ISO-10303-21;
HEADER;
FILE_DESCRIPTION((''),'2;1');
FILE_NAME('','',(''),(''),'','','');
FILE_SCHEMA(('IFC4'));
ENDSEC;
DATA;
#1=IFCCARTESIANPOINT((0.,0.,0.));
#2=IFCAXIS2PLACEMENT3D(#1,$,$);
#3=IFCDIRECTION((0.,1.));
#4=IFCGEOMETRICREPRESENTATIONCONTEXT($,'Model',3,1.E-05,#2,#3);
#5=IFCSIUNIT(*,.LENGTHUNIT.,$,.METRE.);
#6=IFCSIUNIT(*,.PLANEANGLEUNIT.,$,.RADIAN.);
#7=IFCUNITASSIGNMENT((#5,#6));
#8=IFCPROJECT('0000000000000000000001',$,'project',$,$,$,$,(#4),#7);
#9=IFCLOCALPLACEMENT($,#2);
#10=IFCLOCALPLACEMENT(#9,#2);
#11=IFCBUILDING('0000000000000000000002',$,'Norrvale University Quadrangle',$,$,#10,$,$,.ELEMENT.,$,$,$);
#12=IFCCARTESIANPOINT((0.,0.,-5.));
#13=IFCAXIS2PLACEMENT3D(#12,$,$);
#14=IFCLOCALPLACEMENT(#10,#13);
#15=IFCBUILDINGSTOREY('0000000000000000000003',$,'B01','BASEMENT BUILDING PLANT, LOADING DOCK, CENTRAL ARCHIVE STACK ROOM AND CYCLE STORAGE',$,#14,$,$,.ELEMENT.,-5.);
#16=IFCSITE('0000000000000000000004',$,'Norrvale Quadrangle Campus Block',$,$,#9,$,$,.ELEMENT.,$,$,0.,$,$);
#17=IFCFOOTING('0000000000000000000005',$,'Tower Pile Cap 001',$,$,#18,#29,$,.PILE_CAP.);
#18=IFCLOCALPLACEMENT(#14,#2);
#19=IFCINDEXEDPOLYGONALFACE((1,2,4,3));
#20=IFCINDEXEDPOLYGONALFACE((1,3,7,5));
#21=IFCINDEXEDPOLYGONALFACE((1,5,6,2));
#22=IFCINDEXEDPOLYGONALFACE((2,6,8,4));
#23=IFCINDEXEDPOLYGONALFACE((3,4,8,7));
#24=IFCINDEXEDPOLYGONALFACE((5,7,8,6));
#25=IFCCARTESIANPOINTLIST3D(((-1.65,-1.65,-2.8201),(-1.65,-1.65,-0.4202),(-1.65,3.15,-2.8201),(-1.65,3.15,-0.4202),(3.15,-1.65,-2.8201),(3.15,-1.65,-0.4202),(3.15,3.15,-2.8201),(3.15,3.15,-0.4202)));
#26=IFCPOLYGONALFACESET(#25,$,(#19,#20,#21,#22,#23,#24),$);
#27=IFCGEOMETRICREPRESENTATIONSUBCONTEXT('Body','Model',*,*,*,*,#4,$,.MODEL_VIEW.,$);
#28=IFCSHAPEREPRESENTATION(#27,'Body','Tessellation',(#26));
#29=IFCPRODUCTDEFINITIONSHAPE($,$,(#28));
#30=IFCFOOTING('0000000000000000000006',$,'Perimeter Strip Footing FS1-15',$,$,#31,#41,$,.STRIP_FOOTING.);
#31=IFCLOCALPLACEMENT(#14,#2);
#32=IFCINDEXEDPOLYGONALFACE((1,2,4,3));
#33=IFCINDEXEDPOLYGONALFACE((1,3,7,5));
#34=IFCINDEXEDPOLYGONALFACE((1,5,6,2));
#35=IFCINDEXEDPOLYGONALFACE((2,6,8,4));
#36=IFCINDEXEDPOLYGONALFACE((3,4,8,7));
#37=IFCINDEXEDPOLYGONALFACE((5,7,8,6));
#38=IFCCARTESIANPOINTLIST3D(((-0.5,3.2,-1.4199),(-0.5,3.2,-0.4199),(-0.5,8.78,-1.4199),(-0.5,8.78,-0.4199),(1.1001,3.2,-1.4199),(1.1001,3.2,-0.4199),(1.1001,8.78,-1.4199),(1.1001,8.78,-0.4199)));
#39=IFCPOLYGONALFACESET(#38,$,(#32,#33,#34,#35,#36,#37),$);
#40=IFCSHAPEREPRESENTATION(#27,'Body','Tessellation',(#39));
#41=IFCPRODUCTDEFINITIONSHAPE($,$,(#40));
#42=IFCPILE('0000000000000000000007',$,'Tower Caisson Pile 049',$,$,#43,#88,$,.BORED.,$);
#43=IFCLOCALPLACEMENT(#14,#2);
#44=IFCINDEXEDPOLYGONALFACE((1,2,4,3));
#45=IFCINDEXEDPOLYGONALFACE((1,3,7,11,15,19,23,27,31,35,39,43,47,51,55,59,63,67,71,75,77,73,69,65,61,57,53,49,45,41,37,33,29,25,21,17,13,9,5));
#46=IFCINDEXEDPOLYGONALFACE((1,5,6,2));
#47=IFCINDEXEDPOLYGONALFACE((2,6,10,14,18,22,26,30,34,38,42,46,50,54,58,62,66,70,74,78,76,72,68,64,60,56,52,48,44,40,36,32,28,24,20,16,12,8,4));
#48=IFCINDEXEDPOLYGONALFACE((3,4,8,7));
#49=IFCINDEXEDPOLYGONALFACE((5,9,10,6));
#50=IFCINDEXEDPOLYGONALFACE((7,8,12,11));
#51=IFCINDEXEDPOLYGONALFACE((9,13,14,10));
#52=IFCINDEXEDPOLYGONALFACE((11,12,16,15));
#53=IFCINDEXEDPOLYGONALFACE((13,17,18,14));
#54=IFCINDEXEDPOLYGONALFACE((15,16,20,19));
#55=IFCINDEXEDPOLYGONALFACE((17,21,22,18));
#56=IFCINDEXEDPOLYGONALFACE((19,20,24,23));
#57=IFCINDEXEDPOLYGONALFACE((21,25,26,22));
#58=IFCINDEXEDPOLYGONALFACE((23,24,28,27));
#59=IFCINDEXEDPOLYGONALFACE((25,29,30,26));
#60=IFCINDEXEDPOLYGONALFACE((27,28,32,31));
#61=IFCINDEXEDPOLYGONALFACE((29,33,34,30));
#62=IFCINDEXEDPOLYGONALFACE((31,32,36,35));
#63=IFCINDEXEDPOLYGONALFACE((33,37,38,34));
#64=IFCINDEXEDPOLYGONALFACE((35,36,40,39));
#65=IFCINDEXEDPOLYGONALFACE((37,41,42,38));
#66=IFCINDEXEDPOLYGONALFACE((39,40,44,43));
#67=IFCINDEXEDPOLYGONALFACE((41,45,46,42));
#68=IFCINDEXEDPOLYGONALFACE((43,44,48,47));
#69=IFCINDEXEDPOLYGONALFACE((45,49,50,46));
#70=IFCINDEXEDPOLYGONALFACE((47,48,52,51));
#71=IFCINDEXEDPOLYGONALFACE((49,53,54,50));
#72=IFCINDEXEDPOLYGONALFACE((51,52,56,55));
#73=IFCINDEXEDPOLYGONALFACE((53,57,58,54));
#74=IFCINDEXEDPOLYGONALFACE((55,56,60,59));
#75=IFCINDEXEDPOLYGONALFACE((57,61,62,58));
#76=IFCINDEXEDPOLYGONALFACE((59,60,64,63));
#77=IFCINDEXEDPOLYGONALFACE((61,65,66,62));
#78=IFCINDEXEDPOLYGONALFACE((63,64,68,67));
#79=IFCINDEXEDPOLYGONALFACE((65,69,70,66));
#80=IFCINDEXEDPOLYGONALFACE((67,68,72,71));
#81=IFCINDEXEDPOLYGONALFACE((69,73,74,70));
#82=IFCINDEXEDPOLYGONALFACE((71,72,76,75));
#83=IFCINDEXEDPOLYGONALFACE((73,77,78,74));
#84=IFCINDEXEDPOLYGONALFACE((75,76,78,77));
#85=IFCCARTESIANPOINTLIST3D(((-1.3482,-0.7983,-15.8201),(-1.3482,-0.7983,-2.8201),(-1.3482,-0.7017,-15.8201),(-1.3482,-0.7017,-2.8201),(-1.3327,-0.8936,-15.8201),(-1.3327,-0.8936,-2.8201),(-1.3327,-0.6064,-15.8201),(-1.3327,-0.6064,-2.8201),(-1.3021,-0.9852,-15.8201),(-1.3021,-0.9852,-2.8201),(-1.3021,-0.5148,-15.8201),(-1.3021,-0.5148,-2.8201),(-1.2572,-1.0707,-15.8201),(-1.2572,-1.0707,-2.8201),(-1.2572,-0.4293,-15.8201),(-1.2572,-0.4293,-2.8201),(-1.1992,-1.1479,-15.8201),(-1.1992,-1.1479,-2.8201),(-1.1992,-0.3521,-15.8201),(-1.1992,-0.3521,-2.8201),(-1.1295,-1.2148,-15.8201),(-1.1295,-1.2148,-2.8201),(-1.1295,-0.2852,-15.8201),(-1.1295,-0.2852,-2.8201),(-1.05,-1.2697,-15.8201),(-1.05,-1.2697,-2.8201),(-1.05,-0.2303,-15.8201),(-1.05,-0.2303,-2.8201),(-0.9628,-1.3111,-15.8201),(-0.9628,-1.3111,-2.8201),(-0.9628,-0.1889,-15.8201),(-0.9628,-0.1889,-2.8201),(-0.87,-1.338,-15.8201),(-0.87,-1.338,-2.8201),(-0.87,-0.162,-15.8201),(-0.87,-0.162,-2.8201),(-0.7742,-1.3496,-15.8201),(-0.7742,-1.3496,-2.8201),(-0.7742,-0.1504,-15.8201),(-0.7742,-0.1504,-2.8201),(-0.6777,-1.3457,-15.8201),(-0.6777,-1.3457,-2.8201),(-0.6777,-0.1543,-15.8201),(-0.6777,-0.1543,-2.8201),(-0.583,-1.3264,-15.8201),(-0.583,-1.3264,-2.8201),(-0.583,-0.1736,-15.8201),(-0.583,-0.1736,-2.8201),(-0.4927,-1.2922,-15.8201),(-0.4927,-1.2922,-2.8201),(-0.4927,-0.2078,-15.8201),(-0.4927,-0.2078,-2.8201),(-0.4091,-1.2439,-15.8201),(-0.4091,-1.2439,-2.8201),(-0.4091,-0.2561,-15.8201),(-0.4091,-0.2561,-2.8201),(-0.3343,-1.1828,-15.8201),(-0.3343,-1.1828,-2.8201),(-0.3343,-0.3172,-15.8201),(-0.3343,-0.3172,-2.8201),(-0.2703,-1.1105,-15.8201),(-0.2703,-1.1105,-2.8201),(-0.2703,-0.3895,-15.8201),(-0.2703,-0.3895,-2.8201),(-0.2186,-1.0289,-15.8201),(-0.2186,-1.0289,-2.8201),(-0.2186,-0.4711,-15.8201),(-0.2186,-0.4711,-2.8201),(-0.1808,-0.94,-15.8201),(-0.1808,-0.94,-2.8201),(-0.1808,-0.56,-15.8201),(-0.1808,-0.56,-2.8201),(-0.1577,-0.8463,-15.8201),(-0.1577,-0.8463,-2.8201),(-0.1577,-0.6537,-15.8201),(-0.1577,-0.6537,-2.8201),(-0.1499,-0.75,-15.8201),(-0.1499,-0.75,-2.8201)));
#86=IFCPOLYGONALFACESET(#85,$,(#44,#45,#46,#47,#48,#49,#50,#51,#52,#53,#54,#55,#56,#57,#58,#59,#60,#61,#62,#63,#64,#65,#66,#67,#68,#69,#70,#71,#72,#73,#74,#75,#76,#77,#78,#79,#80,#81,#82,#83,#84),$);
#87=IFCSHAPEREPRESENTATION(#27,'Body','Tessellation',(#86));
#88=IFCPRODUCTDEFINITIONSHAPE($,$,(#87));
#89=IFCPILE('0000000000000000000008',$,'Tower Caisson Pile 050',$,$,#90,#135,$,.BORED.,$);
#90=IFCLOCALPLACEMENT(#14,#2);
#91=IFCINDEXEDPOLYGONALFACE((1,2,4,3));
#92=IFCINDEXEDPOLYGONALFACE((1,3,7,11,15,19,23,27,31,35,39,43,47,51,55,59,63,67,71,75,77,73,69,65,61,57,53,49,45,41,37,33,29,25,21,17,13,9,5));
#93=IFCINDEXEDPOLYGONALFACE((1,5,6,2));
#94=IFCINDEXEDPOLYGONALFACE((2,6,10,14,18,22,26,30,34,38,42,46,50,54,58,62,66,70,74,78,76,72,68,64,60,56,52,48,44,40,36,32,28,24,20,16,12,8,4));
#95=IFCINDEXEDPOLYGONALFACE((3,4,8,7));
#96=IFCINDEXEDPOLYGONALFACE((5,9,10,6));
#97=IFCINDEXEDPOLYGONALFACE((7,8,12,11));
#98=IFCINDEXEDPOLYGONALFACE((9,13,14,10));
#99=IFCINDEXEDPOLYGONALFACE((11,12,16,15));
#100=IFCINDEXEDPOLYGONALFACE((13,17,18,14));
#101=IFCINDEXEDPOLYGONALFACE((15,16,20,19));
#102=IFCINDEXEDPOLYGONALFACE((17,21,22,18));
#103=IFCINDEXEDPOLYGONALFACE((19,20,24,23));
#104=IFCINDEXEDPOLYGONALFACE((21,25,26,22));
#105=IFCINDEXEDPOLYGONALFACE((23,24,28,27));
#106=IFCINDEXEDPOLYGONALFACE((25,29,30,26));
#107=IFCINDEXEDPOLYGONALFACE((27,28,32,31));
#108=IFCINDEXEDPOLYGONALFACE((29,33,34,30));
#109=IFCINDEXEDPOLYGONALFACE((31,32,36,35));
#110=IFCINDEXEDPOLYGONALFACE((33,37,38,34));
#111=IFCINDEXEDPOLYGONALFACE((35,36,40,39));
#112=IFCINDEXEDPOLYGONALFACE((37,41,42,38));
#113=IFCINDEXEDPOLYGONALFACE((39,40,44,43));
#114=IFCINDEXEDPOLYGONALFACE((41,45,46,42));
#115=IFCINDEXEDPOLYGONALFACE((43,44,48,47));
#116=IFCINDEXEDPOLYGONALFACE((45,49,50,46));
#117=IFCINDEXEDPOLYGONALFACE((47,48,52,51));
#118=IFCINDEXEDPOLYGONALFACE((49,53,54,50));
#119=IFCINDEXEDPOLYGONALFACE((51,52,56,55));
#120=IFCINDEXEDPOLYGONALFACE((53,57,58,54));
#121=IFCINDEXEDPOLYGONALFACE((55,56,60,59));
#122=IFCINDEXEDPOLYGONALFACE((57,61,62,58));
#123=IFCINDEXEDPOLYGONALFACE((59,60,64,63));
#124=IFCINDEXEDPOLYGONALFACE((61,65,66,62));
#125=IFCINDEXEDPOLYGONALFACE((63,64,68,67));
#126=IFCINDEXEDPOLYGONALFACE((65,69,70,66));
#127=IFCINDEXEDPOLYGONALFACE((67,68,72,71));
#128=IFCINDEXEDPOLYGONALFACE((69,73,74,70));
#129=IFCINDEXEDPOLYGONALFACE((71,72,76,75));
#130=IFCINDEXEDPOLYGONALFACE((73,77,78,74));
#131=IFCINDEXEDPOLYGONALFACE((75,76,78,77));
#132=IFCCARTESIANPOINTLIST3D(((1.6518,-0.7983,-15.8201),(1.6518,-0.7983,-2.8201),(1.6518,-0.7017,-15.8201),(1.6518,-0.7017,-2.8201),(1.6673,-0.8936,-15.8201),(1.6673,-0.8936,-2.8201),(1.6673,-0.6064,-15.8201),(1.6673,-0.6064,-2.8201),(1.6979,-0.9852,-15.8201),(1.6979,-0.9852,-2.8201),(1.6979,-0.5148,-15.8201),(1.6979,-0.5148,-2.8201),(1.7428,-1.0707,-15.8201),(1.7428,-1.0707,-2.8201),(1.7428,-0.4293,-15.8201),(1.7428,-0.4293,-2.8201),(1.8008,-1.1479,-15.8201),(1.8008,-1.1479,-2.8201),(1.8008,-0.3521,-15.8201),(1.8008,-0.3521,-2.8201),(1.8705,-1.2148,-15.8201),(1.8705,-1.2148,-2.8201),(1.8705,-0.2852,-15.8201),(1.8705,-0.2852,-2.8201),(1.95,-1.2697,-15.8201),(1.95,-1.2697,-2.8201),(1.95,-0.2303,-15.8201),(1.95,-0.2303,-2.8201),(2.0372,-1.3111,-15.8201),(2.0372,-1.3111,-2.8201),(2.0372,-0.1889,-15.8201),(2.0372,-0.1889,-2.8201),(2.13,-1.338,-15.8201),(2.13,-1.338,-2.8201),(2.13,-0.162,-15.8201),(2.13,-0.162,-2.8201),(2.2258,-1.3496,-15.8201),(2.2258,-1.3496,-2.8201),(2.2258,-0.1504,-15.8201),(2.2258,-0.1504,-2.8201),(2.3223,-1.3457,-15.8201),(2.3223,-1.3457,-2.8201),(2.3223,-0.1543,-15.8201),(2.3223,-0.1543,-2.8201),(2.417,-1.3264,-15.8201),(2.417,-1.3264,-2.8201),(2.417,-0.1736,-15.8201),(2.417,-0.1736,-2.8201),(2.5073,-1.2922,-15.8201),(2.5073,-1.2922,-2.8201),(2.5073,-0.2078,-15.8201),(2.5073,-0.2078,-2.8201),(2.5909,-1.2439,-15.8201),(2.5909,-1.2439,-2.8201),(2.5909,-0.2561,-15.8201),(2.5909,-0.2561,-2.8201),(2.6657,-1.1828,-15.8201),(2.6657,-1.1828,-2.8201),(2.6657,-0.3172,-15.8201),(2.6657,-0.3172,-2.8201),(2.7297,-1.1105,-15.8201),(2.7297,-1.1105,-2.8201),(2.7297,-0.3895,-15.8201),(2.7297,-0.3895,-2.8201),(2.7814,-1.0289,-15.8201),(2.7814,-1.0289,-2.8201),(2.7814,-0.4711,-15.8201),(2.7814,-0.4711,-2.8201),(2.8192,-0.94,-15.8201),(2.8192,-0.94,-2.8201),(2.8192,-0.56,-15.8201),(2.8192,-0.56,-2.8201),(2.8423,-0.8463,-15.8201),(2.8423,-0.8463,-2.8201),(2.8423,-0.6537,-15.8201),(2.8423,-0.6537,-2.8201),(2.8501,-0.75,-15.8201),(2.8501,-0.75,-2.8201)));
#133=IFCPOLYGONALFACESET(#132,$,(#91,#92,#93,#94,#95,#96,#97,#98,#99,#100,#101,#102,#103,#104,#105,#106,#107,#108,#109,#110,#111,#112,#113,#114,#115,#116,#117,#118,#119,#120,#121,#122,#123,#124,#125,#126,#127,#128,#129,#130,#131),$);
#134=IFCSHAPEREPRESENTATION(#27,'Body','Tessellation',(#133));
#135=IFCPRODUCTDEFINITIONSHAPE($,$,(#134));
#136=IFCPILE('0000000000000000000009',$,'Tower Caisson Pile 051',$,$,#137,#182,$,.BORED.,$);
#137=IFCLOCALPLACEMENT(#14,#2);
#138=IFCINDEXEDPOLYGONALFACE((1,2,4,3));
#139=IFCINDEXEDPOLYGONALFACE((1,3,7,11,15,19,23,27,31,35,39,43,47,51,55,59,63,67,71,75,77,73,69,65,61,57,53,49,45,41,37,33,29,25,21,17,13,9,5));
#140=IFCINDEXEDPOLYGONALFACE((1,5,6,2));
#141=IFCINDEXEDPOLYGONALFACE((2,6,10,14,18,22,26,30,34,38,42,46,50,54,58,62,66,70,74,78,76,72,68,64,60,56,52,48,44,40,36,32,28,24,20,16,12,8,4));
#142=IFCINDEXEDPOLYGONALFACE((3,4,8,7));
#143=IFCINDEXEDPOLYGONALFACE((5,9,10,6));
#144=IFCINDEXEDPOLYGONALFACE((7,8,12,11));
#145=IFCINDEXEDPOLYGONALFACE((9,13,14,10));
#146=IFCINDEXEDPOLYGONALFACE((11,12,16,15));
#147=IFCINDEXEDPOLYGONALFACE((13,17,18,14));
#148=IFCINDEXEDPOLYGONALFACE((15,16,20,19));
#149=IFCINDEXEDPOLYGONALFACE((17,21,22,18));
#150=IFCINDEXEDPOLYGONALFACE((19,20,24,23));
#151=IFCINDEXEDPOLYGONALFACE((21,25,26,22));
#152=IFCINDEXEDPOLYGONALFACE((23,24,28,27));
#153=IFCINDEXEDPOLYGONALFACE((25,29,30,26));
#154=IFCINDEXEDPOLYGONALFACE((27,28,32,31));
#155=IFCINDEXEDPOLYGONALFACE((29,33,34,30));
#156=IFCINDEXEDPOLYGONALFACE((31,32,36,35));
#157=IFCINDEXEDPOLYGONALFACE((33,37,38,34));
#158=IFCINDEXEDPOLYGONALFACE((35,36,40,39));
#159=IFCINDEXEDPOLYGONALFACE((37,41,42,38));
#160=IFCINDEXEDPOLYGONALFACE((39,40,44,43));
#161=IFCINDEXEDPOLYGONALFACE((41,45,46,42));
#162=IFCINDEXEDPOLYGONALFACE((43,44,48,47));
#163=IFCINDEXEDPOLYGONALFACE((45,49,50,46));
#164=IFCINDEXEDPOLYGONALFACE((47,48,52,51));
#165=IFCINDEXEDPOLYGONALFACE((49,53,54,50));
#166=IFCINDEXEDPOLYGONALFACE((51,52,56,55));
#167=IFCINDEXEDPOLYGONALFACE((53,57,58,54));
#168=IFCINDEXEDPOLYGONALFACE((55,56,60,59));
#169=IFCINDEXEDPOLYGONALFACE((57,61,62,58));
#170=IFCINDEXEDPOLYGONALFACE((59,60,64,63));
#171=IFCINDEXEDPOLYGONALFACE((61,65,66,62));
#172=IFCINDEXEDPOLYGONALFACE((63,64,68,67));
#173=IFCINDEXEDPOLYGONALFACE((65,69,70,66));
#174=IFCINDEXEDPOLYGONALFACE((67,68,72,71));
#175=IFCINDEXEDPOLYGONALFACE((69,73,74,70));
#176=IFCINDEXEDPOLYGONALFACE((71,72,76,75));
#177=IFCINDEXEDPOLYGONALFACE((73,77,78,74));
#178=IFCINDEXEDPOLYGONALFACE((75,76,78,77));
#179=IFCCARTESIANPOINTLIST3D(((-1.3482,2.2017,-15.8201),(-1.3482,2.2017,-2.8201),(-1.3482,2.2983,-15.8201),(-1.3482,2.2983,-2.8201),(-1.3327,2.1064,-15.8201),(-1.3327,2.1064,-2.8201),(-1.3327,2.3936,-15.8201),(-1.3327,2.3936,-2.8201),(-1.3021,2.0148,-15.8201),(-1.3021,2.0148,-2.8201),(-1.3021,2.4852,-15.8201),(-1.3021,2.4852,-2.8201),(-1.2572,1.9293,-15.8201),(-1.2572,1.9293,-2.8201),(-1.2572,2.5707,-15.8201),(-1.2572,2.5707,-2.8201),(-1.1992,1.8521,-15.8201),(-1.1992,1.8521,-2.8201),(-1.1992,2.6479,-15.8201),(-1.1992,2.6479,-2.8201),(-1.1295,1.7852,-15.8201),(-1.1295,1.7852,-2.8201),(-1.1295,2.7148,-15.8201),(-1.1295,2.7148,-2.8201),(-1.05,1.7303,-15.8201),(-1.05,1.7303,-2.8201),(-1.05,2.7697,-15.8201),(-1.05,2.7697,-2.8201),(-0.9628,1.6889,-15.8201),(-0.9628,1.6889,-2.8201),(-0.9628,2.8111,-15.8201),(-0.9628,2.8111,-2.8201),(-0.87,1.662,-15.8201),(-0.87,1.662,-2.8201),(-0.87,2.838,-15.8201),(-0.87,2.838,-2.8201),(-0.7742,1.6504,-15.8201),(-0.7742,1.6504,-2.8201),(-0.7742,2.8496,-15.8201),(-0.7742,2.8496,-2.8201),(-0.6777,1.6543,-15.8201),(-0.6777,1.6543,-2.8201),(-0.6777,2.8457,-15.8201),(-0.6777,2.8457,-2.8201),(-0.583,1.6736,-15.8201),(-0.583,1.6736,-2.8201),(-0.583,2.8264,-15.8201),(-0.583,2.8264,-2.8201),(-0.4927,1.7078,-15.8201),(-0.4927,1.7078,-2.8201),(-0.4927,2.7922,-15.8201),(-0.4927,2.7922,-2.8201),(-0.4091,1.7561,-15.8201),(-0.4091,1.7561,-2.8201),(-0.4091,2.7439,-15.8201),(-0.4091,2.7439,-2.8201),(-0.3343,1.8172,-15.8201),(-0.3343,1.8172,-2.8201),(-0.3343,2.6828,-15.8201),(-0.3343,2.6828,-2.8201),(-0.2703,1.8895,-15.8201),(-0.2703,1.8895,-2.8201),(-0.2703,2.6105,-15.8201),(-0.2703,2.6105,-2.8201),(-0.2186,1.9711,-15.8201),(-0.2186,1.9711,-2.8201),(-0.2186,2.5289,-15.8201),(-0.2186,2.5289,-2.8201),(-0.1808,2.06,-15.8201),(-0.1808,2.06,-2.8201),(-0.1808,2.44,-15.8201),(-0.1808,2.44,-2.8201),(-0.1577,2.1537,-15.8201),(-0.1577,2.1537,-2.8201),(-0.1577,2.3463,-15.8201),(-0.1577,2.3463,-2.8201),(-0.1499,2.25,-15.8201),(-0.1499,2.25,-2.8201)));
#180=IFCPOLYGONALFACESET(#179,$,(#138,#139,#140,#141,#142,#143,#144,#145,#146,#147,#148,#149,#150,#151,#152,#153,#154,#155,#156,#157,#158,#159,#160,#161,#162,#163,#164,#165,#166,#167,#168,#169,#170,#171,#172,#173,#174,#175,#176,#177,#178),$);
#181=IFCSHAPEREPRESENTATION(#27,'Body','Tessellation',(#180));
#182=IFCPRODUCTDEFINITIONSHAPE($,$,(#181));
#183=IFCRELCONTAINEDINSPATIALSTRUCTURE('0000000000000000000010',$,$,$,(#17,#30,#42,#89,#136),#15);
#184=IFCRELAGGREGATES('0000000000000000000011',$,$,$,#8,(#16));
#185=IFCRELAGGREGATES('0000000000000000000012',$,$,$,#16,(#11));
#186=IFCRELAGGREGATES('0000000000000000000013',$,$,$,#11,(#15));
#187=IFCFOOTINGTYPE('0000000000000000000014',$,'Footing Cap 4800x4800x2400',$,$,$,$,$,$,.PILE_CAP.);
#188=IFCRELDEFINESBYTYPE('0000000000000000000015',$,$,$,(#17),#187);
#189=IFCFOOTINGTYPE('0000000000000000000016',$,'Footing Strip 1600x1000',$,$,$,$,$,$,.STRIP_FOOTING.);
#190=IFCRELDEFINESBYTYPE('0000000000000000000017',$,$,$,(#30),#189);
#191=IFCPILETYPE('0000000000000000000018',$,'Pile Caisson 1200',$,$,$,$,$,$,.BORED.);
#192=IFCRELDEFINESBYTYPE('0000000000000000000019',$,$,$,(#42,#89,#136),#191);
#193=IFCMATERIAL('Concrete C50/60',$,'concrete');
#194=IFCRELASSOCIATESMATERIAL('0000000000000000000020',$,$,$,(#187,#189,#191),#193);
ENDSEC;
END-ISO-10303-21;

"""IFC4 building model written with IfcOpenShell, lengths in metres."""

from ifc_helpers import new_model, si_unit, direction, frame, origin, origin_2d, place, context, subcontext, project, spatial, rectangle, circle, extrude, material, material_profile, profile_set, type_object, element, save


model = new_model("IFC4")

# Units and contexts
model_context = context("Model", 3, precision=1e-05, world=origin(), true_north=direction((0.0, 1.0)))
body_context = subcontext(model_context, "Body", "Model", "MODEL_VIEW")
ifc_project = project(units=[si_unit("LENGTHUNIT", "METRE"), si_unit("PLANEANGLEUNIT", "RADIAN")], contexts=[model_context])

# Site, building, storey
site_placement = place(None, origin())
site = spatial("IfcSite", under=ifc_project, at=site_placement, Name="Norrvale Quadrangle Campus Block", CompositionType="ELEMENT", RefElevation=0.0)
building_placement = place(site_placement, origin())
building = spatial("IfcBuilding", under=site, at=building_placement, Name="Norrvale University Quadrangle", CompositionType="ELEMENT")
storey_placement = place(building_placement, frame((0.0, 0.0, -5.0)))
storey = spatial("IfcBuildingStorey", under=building, at=storey_placement, Name="B01", Description="BASEMENT BUILDING PLANT, LOADING DOCK, CENTRAL ARCHIVE STACK ROOM AND CYCLE STORAGE", CompositionType="ELEMENT", Elevation=-5.0)

# Footings
ifc_material_1 = material(Name="Concrete C50/60", Category="concrete")
footing_type_1 = type_object("IfcFootingType", Name="Footing Cap 4800x4800x2400", PredefinedType="PILE_CAP", material=ifc_material_1)
footing_1_placement = place(storey_placement, frame((0.75, 0.75, -2.8201), z_axis=(0.0, 0.0, 1.0), x_axis=(1.0, 0.0, 0.0)))
element("IfcFooting", 1, at=footing_1_placement, inside=storey, type_object=footing_type_1, Name="Tower Pile Cap 001", PredefinedType="PILE_CAP", context=body_context, shape_type="SweptSolid", body=[
    extrude(rectangle(XDim=4.8, YDim=4.8, at=origin_2d()), origin(), (0.0, 0.0, 1.0), 2.3999),
])
footing_type_2 = type_object("IfcFootingType", Name="Footing Strip 1600x1000", PredefinedType="STRIP_FOOTING", material=ifc_material_1)
footing_2_placement = place(storey_placement, frame((0.3, 5.99, -1.4199), z_axis=(0.0, 0.0, 1.0), x_axis=(0.0, 1.0, 0.0)))
element("IfcFooting", 2, at=footing_2_placement, inside=storey, type_object=footing_type_2, Name="Perimeter Strip Footing FS1-15", PredefinedType="STRIP_FOOTING", context=body_context, shape_type="SweptSolid", body=[
    extrude(rectangle(XDim=5.5801, YDim=1.6001, at=origin_2d()), origin(), (0.0, 0.0, 1.0), 1.0),
])

# Piles
ifc_material_profile_1 = material_profile(ifc_material_1, circle(Radius=0.6001, at=origin_2d()), Name="Concrete C50/60")
ifc_profile_set_1 = profile_set([ifc_material_profile_1], Name="Concrete C50/60")
pile_type_1 = type_object("IfcPileType", Name="Pile Caisson 1200", PredefinedType="BORED", material=ifc_profile_set_1)
for number, where, z_axis, x_axis, name in (
    (3, (-0.75, -0.75, -2.8201), (0.0, 0.0, -1.0), (1.0, 0.0, 0.0), "Tower Caisson Pile 049"),
    (4, (2.25, -0.75, -2.8201), (0.0, 0.0, -1.0), (1.0, 0.0, 0.0), "Tower Caisson Pile 050"),
    (5, (-0.75, 2.25, -2.8201), (0.0, 0.0, -1.0), (1.0, 0.0, 0.0), "Tower Caisson Pile 051"),
):
    element("IfcPile", number, at=place(storey_placement, frame(where, z_axis=z_axis, x_axis=x_axis)), inside=storey, type_object=pile_type_1, Name=name, PredefinedType="BORED", context=body_context, shape_type="SweptSolid", body=[
        extrude(circle(Radius=0.6001, at=origin_2d()), origin(), (0.0, 0.0, 1.0), 13.0),
    ])

save(model, "model.ifc")
